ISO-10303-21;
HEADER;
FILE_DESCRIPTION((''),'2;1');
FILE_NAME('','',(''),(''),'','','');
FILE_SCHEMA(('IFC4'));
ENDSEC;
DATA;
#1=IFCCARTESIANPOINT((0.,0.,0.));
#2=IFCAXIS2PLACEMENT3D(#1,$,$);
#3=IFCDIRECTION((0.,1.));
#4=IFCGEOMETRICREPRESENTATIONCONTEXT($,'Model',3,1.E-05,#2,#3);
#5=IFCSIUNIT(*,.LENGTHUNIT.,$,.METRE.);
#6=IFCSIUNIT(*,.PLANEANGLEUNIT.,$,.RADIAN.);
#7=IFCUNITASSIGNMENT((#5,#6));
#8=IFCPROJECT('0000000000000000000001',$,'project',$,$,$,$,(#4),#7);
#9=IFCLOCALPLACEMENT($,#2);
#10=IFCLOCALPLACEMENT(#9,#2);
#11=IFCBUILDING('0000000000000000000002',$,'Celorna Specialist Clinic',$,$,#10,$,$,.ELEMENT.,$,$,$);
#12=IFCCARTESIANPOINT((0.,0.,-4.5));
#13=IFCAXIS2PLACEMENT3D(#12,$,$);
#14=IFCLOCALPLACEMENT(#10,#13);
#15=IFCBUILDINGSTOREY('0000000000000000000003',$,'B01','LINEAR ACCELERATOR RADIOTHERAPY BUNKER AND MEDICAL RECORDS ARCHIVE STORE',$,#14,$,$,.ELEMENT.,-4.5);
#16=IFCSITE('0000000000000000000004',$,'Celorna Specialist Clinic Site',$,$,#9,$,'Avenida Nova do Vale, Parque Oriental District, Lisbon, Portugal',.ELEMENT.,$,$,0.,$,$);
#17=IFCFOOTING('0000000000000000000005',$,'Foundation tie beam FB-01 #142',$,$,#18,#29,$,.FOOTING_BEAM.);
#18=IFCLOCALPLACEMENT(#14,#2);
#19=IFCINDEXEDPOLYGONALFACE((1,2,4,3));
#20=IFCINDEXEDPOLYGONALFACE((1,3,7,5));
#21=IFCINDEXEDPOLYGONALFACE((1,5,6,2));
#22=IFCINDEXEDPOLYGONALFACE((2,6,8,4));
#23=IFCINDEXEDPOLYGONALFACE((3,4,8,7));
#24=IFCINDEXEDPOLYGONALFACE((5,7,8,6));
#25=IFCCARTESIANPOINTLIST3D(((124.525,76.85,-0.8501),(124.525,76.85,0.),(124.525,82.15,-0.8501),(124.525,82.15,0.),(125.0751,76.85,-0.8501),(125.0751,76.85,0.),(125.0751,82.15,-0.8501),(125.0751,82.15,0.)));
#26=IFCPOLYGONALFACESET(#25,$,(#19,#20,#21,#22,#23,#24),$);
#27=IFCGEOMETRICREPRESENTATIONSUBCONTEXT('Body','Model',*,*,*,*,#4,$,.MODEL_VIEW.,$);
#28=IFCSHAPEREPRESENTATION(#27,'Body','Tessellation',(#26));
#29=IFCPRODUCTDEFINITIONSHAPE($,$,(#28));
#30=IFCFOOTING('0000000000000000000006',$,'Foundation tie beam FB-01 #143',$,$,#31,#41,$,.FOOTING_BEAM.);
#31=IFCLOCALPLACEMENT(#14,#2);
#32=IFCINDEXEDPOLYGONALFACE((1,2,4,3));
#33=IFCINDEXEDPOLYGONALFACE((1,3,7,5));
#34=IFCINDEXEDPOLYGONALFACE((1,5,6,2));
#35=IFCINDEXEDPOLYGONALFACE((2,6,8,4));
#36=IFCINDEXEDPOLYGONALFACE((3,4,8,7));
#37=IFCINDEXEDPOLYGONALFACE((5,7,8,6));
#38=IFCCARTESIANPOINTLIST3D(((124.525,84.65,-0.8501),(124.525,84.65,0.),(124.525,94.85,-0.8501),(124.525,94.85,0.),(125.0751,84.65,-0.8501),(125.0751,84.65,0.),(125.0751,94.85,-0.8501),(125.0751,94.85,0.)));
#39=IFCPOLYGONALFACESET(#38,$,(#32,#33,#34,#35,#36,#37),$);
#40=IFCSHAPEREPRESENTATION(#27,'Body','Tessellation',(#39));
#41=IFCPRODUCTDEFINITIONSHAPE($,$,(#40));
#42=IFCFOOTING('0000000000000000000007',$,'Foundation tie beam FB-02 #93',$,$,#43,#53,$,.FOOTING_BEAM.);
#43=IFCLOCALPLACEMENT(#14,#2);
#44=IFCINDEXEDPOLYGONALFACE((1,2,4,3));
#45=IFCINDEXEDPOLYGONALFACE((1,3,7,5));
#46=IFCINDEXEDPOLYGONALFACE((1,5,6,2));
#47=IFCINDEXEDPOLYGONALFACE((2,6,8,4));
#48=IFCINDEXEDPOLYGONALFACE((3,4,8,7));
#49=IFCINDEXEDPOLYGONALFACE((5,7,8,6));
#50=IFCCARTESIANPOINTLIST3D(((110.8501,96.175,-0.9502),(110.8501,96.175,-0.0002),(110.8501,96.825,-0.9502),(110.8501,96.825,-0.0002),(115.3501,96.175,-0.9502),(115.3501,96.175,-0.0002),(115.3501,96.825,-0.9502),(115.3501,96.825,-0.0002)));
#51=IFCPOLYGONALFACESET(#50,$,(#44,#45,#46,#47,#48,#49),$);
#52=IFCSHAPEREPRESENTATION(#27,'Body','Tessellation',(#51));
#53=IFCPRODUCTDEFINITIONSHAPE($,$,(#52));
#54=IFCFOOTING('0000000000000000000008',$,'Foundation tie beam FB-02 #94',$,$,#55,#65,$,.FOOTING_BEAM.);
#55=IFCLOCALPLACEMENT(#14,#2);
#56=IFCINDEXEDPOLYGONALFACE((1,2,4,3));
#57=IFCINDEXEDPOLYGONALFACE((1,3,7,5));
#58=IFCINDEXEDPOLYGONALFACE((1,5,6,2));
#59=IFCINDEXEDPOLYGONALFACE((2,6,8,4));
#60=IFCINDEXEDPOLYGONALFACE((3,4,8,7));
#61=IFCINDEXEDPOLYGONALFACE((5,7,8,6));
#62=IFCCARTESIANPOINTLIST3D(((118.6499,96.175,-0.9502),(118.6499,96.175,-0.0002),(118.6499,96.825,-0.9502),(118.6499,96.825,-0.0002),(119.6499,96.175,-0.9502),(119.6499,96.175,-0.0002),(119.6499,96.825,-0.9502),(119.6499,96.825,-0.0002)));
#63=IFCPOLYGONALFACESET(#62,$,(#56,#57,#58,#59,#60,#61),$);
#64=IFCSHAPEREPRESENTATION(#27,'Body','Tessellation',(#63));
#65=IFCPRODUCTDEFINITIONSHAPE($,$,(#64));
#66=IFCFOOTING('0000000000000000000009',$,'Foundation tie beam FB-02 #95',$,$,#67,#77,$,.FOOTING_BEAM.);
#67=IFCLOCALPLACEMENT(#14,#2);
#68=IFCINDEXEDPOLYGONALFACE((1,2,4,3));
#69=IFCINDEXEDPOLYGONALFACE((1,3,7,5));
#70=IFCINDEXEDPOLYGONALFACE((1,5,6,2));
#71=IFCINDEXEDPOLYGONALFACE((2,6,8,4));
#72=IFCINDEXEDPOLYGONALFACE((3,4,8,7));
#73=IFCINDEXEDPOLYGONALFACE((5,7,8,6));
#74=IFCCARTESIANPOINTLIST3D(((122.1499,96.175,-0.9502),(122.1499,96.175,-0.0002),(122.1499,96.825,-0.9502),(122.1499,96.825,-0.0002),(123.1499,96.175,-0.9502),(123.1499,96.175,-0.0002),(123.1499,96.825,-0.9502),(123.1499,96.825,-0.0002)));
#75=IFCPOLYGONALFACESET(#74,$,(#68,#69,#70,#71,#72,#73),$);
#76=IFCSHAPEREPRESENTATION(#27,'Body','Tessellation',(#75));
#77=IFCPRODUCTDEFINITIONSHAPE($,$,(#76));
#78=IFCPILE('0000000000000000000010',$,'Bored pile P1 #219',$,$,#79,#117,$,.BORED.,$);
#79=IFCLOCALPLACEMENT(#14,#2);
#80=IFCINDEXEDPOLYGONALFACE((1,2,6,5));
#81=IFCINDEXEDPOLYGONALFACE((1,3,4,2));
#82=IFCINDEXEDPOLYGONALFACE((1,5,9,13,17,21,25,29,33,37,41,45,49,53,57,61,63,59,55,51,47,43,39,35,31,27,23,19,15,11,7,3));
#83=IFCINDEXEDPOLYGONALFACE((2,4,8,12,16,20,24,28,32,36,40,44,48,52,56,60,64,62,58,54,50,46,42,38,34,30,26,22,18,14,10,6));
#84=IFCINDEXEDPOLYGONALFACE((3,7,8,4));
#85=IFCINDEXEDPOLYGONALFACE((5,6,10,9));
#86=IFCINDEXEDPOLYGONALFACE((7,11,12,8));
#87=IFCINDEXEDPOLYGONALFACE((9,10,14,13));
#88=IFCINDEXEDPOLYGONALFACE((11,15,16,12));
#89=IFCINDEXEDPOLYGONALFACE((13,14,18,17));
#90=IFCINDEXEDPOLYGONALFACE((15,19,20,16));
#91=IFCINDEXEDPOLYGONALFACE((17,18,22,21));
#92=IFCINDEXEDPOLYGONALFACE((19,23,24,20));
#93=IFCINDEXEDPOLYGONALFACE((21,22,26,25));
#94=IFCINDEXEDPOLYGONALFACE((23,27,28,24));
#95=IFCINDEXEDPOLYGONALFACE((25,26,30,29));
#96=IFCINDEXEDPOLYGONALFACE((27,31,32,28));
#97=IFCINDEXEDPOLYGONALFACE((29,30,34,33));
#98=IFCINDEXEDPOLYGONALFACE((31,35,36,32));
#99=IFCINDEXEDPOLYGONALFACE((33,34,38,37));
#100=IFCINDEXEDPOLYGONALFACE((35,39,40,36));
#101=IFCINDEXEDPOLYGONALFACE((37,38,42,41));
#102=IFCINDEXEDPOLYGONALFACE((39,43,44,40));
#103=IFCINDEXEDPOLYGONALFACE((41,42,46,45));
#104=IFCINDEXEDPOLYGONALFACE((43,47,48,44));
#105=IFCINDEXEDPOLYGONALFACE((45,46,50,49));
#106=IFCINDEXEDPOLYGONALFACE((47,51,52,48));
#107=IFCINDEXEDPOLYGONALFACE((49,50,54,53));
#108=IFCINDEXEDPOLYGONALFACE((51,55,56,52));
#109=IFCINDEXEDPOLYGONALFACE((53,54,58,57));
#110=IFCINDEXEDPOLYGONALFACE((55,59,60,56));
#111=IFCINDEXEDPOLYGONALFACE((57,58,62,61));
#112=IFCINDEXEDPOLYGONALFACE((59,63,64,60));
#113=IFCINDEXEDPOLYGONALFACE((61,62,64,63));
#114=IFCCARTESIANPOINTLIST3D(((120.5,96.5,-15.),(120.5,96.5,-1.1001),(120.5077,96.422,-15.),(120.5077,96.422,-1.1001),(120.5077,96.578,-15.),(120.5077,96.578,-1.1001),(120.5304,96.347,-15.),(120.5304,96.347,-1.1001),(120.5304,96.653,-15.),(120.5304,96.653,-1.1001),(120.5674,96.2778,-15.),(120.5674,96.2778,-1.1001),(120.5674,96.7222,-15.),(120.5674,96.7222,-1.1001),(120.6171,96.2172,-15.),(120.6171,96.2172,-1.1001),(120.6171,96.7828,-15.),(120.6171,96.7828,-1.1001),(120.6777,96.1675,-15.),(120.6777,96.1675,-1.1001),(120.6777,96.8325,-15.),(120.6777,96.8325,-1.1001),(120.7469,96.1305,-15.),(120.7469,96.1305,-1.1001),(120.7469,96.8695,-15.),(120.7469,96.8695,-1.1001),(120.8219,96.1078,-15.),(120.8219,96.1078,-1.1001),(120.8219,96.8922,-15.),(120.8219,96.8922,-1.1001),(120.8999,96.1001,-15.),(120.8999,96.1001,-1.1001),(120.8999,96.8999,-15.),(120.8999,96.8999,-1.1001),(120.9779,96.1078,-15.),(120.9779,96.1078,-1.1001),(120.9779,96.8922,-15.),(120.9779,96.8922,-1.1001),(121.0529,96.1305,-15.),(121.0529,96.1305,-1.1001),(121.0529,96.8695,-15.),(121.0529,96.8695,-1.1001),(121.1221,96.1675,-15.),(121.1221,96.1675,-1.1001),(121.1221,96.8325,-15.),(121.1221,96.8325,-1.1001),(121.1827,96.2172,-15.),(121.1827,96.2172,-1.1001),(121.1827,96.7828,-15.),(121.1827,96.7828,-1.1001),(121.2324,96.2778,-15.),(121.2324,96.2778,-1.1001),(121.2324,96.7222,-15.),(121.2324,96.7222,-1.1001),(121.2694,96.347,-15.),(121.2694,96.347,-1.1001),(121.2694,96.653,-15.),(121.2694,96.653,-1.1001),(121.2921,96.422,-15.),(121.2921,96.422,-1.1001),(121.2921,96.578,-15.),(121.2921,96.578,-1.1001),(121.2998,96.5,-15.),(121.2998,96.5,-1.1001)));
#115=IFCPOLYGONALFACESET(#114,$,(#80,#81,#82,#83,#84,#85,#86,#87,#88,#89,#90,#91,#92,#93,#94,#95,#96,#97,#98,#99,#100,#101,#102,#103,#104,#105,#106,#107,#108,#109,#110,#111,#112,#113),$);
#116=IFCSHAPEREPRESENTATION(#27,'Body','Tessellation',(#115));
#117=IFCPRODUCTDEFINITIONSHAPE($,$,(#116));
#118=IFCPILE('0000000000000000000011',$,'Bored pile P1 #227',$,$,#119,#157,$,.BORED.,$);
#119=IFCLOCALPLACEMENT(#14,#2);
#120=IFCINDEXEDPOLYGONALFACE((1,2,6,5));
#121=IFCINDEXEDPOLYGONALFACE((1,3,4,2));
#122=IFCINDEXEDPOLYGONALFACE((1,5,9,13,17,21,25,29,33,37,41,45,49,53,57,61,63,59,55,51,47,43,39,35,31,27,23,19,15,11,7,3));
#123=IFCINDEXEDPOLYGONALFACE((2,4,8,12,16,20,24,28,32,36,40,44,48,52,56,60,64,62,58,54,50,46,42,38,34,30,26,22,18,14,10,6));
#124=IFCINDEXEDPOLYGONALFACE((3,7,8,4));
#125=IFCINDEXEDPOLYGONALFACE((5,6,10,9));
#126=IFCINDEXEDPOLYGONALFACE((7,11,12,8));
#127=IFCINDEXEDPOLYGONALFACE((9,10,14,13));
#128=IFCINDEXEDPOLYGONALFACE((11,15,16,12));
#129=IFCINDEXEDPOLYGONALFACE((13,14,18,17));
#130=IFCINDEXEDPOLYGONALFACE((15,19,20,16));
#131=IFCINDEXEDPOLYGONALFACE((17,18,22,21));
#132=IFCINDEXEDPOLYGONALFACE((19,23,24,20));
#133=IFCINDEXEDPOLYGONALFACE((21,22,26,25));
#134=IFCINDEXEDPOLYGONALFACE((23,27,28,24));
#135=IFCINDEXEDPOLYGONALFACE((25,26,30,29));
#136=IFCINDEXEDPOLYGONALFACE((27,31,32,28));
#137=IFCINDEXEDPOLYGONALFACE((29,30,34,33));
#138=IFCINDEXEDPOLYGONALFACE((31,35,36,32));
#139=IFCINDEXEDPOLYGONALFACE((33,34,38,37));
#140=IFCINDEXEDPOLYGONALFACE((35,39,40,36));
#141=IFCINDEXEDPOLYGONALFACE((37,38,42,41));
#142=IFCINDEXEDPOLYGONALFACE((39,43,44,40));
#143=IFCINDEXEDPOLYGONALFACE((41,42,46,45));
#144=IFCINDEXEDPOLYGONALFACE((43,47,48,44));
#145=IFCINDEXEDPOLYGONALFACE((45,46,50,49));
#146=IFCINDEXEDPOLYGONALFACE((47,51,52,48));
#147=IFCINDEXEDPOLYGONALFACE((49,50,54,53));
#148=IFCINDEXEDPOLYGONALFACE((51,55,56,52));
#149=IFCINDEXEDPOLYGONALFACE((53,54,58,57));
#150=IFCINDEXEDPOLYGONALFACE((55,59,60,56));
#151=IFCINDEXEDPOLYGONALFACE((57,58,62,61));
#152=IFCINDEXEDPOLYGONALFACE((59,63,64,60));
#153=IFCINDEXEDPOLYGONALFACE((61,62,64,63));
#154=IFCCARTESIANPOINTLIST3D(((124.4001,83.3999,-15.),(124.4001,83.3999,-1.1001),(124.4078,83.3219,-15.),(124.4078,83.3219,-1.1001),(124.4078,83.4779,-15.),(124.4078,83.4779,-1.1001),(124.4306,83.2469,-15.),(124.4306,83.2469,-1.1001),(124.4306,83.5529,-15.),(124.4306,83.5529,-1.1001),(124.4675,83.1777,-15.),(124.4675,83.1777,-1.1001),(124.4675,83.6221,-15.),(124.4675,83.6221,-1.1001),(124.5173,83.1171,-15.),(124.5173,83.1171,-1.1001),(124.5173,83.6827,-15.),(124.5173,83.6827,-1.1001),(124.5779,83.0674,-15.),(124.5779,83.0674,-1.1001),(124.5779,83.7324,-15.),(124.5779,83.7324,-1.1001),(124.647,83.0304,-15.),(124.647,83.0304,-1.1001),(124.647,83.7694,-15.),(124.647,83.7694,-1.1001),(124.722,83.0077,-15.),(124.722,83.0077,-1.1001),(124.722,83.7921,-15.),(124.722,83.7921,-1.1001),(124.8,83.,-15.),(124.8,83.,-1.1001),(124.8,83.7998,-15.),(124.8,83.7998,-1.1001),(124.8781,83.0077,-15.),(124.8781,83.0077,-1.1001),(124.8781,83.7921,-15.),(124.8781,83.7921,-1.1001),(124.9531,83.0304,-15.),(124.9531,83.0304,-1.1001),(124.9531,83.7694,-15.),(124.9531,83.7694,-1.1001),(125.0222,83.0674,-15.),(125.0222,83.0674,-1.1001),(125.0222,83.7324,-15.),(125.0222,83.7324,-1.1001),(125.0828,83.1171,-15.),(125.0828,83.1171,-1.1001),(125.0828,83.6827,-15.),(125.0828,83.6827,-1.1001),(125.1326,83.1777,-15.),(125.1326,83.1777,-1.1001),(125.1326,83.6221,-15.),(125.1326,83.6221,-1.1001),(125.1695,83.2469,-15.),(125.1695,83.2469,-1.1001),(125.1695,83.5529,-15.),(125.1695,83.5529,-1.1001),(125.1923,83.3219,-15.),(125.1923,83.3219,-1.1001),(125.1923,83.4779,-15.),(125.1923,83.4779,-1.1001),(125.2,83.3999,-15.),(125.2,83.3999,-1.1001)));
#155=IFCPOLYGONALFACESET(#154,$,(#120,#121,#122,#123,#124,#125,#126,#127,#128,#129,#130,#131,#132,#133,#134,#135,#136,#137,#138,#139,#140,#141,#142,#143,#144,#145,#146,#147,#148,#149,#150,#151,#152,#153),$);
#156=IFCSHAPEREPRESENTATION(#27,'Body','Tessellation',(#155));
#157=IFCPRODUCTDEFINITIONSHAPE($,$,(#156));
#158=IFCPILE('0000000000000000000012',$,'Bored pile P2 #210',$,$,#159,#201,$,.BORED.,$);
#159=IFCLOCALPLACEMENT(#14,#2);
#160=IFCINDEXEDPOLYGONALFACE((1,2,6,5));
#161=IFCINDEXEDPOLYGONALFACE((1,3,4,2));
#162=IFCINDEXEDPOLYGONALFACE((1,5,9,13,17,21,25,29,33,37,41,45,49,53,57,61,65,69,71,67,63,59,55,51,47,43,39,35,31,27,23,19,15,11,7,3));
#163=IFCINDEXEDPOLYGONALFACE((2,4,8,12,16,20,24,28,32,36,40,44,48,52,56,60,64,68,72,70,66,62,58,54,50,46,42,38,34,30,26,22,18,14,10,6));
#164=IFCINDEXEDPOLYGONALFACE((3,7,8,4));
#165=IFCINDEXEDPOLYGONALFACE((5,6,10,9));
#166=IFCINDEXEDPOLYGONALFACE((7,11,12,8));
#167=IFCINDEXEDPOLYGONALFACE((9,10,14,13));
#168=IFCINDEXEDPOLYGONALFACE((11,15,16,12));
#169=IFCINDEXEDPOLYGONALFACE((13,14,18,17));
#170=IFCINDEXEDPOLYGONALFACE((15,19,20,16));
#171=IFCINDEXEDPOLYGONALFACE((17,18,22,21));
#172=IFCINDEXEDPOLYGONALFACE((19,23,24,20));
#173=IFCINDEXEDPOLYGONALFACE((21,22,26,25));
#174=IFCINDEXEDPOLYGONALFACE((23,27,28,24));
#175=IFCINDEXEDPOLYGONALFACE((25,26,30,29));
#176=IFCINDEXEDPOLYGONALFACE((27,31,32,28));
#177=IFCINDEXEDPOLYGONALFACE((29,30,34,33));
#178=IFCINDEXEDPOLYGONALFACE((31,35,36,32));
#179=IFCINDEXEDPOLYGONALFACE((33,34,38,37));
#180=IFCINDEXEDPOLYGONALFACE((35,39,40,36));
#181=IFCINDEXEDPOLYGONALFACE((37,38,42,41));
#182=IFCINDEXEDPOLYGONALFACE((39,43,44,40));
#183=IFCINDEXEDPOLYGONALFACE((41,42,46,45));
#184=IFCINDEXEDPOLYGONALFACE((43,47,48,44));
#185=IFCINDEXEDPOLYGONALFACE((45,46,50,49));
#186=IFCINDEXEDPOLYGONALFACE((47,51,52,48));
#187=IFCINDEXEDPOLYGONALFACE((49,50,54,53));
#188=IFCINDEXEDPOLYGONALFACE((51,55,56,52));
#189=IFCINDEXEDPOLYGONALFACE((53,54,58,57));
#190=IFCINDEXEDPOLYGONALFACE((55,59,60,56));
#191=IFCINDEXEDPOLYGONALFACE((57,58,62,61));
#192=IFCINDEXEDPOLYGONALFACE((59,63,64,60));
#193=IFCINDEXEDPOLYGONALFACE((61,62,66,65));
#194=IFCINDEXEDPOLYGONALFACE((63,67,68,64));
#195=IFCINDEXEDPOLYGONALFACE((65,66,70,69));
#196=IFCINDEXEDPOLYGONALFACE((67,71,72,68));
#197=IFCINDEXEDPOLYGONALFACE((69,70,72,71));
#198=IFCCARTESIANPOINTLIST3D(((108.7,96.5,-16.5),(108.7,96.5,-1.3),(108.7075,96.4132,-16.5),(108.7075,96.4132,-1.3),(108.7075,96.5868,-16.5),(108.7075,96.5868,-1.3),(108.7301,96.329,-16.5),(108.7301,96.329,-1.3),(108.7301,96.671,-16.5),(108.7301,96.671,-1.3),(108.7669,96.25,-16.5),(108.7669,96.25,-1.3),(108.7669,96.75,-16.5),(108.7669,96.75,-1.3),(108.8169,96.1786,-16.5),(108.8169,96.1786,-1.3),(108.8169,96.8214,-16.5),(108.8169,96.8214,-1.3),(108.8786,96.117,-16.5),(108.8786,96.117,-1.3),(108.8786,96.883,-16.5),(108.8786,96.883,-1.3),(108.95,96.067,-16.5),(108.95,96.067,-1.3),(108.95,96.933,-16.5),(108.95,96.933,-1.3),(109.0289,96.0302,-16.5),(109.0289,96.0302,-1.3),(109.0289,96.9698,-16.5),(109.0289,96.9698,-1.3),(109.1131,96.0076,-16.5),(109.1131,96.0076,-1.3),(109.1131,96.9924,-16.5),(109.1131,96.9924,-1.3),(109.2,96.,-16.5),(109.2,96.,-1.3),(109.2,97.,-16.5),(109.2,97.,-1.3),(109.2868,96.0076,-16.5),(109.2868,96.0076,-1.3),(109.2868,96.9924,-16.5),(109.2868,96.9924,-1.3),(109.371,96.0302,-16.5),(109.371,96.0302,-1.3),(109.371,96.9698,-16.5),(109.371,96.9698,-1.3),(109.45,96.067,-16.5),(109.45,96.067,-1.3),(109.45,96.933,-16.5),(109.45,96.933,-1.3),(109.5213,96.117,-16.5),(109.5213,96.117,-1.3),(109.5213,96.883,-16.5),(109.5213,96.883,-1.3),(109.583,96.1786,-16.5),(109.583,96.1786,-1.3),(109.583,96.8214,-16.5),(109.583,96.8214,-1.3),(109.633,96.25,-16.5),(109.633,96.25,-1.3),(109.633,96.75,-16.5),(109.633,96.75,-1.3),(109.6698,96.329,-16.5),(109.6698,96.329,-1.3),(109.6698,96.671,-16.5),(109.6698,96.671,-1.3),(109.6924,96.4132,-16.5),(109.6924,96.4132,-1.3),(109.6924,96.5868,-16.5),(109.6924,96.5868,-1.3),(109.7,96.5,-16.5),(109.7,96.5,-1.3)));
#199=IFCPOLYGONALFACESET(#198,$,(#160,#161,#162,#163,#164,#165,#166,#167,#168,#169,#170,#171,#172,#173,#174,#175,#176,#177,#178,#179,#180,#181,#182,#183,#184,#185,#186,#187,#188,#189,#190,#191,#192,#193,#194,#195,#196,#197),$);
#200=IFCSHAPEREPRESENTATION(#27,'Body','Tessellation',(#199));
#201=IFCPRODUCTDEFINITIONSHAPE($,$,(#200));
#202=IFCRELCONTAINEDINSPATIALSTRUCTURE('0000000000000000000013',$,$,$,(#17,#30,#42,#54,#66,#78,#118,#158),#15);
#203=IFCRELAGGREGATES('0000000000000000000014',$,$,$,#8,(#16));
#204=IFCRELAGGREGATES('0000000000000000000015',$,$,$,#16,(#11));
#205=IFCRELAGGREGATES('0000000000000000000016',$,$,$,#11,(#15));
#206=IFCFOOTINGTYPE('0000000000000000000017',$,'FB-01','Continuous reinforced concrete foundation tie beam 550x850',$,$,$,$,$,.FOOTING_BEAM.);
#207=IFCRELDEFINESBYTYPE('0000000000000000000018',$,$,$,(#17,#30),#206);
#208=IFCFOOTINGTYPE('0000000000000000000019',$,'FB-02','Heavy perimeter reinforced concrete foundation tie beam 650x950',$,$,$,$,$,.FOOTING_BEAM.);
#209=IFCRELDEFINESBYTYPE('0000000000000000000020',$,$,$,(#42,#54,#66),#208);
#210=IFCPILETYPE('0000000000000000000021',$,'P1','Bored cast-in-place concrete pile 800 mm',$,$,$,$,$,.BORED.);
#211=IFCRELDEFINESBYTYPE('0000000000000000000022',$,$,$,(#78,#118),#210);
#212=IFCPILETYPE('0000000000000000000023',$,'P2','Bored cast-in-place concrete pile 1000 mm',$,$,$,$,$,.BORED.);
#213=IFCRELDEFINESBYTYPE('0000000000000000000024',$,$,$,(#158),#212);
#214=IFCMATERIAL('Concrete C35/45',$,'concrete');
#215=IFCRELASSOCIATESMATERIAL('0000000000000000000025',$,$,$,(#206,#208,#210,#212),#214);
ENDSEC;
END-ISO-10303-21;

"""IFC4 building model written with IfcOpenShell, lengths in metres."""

from ifc_helpers import new_model, si_unit, direction, frame, origin, origin_2d, place, context, subcontext, project, spatial, rectangle, circle, extrude, material, material_profile, profile_set, type_object, element, save


model = new_model("IFC4")

# Units and contexts
model_context = context("Model", 3, precision=1e-05, world=origin(), true_north=direction((0.0, 1.0)))
body_context = subcontext(model_context, "Body", "Model", "MODEL_VIEW")
ifc_project = project(units=[si_unit("LENGTHUNIT", "METRE"), si_unit("PLANEANGLEUNIT", "RADIAN")], contexts=[model_context])

# Site, building, storey
site_placement = place(None, origin())
site = spatial("IfcSite", under=ifc_project, at=site_placement, Name="Celorna Specialist Clinic Site", LongName="Avenida Nova do Vale, Parque Oriental District, Lisbon, Portugal", CompositionType="ELEMENT", RefElevation=0.0)
building_placement = place(site_placement, origin())
building = spatial("IfcBuilding", under=site, at=building_placement, Name="Celorna Specialist Clinic", CompositionType="ELEMENT")
storey_placement = place(building_placement, frame((0.0, 0.0, -4.5)))
storey = spatial("IfcBuildingStorey", under=building, at=storey_placement, Name="B01", Description="LINEAR ACCELERATOR RADIOTHERAPY BUNKER AND MEDICAL RECORDS ARCHIVE STORE", CompositionType="ELEMENT", Elevation=-4.5)

# Footings
ifc_material_1 = material(Name="Concrete C35/45", Category="concrete")
footing_type_1 = type_object("IfcFootingType", Name="FB-01", Description="Continuous reinforced concrete foundation tie beam 550x850", PredefinedType="FOOTING_BEAM", material=ifc_material_1)
footing_1_placement = place(storey_placement, frame((124.8, 79.5, -0.8501), z_axis=(0.0, 0.0, 1.0), x_axis=(0.0, 1.0, 0.0)))
element("IfcFooting", 1, at=footing_1_placement, inside=storey, type_object=footing_type_1, Name="Foundation tie beam FB-01 #142", PredefinedType="FOOTING_BEAM", context=body_context, shape_type="SweptSolid", body=[
    extrude(rectangle(XDim=5.3, YDim=0.55, at=origin_2d()), origin(), (0.0, 0.0, 1.0), 0.8501),
])
footing_2_placement = place(storey_placement, frame((124.8, 89.75, -0.8501), z_axis=(0.0, 0.0, 1.0), x_axis=(0.0, 1.0, 0.0)))
element("IfcFooting", 2, at=footing_2_placement, inside=storey, type_object=footing_type_1, Name="Foundation tie beam FB-01 #143", PredefinedType="FOOTING_BEAM", context=body_context, shape_type="SweptSolid", body=[
    extrude(rectangle(XDim=10.2, YDim=0.55, at=origin_2d()), origin(), (0.0, 0.0, 1.0), 0.8501),
])
footing_type_2 = type_object("IfcFootingType", Name="FB-02", Description="Heavy perimeter reinforced concrete foundation tie beam 650x950", PredefinedType="FOOTING_BEAM", material=ifc_material_1)
footing_3_placement = place(storey_placement, frame((113.1001, 96.5, -0.9502), z_axis=(0.0, 0.0, 1.0), x_axis=(1.0, 0.0, 0.0)))
element("IfcFooting", 3, at=footing_3_placement, inside=storey, type_object=footing_type_2, Name="Foundation tie beam FB-02 #93", PredefinedType="FOOTING_BEAM", context=body_context, shape_type="SweptSolid", body=[
    extrude(rectangle(XDim=4.5, YDim=0.6499, at=origin_2d()), origin(), (0.0, 0.0, 1.0), 0.95),
])
for number, where, z_axis, x_axis, name in (
    (4, (119.1499, 96.5, -0.9502), (0.0, 0.0, 1.0), (1.0, 0.0, 0.0), "Foundation tie beam FB-02 #94"),
    (5, (122.6499, 96.5, -0.9502), (0.0, 0.0, 1.0), (1.0, 0.0, 0.0), "Foundation tie beam FB-02 #95"),
):
    element("IfcFooting", number, at=place(storey_placement, frame(where, z_axis=z_axis, x_axis=x_axis)), inside=storey, type_object=footing_type_2, Name=name, PredefinedType="FOOTING_BEAM", context=body_context, shape_type="SweptSolid", body=[
        extrude(rectangle(XDim=1.0, YDim=0.6499, at=origin_2d()), origin(), (0.0, 0.0, 1.0), 0.95),
    ])

# Piles
ifc_material_profile_1 = material_profile(ifc_material_1, circle(Radius=0.3999, at=origin_2d()), Name="BORED PILE 800")
ifc_profile_set_1 = profile_set([ifc_material_profile_1], Name="Concrete C35/45")
pile_type_1 = type_object("IfcPileType", Name="P1", Description="Bored cast-in-place concrete pile 800 mm", PredefinedType="BORED", material=ifc_profile_set_1)
for number, where, z_axis, x_axis, name in (
    (6, (120.8999, 96.5, -1.1001), (0.0, 0.0, -1.0), (1.0, 0.0, 0.0), "Bored pile P1 #219"),
    (7, (124.8, 83.3999, -1.1001), (0.0, 0.0, -1.0), (1.0, 0.0, 0.0), "Bored pile P1 #227"),
):
    element("IfcPile", number, at=place(storey_placement, frame(where, z_axis=z_axis, x_axis=x_axis)), inside=storey, type_object=pile_type_1, Name=name, PredefinedType="BORED", context=body_context, shape_type="SweptSolid", body=[
        extrude(circle(Radius=0.3999, at=origin_2d()), origin(), (0.0, 0.0, 1.0), 13.8999),
    ])
ifc_material_profile_2 = material_profile(ifc_material_1, circle(Radius=0.5, at=origin_2d()), Name="BORED PILE 1000")
ifc_profile_set_2 = profile_set([ifc_material_profile_2], Name="Concrete C35/45")
pile_type_2 = type_object("IfcPileType", Name="P2", Description="Bored cast-in-place concrete pile 1000 mm", PredefinedType="BORED", material=ifc_profile_set_2)
for number, where, z_axis, x_axis, name in (
    (8, (109.2, 96.5, -1.3), (0.0, 0.0, -1.0), (1.0, 0.0, 0.0), "Bored pile P2 #210"),
):
    element("IfcPile", number, at=place(storey_placement, frame(where, z_axis=z_axis, x_axis=x_axis)), inside=storey, type_object=pile_type_2, Name=name, PredefinedType="BORED", context=body_context, shape_type="SweptSolid", body=[
        extrude(circle(Radius=0.5, at=origin_2d()), origin(), (0.0, 0.0, 1.0), 15.2),
    ])

save(model, "model.ifc")
